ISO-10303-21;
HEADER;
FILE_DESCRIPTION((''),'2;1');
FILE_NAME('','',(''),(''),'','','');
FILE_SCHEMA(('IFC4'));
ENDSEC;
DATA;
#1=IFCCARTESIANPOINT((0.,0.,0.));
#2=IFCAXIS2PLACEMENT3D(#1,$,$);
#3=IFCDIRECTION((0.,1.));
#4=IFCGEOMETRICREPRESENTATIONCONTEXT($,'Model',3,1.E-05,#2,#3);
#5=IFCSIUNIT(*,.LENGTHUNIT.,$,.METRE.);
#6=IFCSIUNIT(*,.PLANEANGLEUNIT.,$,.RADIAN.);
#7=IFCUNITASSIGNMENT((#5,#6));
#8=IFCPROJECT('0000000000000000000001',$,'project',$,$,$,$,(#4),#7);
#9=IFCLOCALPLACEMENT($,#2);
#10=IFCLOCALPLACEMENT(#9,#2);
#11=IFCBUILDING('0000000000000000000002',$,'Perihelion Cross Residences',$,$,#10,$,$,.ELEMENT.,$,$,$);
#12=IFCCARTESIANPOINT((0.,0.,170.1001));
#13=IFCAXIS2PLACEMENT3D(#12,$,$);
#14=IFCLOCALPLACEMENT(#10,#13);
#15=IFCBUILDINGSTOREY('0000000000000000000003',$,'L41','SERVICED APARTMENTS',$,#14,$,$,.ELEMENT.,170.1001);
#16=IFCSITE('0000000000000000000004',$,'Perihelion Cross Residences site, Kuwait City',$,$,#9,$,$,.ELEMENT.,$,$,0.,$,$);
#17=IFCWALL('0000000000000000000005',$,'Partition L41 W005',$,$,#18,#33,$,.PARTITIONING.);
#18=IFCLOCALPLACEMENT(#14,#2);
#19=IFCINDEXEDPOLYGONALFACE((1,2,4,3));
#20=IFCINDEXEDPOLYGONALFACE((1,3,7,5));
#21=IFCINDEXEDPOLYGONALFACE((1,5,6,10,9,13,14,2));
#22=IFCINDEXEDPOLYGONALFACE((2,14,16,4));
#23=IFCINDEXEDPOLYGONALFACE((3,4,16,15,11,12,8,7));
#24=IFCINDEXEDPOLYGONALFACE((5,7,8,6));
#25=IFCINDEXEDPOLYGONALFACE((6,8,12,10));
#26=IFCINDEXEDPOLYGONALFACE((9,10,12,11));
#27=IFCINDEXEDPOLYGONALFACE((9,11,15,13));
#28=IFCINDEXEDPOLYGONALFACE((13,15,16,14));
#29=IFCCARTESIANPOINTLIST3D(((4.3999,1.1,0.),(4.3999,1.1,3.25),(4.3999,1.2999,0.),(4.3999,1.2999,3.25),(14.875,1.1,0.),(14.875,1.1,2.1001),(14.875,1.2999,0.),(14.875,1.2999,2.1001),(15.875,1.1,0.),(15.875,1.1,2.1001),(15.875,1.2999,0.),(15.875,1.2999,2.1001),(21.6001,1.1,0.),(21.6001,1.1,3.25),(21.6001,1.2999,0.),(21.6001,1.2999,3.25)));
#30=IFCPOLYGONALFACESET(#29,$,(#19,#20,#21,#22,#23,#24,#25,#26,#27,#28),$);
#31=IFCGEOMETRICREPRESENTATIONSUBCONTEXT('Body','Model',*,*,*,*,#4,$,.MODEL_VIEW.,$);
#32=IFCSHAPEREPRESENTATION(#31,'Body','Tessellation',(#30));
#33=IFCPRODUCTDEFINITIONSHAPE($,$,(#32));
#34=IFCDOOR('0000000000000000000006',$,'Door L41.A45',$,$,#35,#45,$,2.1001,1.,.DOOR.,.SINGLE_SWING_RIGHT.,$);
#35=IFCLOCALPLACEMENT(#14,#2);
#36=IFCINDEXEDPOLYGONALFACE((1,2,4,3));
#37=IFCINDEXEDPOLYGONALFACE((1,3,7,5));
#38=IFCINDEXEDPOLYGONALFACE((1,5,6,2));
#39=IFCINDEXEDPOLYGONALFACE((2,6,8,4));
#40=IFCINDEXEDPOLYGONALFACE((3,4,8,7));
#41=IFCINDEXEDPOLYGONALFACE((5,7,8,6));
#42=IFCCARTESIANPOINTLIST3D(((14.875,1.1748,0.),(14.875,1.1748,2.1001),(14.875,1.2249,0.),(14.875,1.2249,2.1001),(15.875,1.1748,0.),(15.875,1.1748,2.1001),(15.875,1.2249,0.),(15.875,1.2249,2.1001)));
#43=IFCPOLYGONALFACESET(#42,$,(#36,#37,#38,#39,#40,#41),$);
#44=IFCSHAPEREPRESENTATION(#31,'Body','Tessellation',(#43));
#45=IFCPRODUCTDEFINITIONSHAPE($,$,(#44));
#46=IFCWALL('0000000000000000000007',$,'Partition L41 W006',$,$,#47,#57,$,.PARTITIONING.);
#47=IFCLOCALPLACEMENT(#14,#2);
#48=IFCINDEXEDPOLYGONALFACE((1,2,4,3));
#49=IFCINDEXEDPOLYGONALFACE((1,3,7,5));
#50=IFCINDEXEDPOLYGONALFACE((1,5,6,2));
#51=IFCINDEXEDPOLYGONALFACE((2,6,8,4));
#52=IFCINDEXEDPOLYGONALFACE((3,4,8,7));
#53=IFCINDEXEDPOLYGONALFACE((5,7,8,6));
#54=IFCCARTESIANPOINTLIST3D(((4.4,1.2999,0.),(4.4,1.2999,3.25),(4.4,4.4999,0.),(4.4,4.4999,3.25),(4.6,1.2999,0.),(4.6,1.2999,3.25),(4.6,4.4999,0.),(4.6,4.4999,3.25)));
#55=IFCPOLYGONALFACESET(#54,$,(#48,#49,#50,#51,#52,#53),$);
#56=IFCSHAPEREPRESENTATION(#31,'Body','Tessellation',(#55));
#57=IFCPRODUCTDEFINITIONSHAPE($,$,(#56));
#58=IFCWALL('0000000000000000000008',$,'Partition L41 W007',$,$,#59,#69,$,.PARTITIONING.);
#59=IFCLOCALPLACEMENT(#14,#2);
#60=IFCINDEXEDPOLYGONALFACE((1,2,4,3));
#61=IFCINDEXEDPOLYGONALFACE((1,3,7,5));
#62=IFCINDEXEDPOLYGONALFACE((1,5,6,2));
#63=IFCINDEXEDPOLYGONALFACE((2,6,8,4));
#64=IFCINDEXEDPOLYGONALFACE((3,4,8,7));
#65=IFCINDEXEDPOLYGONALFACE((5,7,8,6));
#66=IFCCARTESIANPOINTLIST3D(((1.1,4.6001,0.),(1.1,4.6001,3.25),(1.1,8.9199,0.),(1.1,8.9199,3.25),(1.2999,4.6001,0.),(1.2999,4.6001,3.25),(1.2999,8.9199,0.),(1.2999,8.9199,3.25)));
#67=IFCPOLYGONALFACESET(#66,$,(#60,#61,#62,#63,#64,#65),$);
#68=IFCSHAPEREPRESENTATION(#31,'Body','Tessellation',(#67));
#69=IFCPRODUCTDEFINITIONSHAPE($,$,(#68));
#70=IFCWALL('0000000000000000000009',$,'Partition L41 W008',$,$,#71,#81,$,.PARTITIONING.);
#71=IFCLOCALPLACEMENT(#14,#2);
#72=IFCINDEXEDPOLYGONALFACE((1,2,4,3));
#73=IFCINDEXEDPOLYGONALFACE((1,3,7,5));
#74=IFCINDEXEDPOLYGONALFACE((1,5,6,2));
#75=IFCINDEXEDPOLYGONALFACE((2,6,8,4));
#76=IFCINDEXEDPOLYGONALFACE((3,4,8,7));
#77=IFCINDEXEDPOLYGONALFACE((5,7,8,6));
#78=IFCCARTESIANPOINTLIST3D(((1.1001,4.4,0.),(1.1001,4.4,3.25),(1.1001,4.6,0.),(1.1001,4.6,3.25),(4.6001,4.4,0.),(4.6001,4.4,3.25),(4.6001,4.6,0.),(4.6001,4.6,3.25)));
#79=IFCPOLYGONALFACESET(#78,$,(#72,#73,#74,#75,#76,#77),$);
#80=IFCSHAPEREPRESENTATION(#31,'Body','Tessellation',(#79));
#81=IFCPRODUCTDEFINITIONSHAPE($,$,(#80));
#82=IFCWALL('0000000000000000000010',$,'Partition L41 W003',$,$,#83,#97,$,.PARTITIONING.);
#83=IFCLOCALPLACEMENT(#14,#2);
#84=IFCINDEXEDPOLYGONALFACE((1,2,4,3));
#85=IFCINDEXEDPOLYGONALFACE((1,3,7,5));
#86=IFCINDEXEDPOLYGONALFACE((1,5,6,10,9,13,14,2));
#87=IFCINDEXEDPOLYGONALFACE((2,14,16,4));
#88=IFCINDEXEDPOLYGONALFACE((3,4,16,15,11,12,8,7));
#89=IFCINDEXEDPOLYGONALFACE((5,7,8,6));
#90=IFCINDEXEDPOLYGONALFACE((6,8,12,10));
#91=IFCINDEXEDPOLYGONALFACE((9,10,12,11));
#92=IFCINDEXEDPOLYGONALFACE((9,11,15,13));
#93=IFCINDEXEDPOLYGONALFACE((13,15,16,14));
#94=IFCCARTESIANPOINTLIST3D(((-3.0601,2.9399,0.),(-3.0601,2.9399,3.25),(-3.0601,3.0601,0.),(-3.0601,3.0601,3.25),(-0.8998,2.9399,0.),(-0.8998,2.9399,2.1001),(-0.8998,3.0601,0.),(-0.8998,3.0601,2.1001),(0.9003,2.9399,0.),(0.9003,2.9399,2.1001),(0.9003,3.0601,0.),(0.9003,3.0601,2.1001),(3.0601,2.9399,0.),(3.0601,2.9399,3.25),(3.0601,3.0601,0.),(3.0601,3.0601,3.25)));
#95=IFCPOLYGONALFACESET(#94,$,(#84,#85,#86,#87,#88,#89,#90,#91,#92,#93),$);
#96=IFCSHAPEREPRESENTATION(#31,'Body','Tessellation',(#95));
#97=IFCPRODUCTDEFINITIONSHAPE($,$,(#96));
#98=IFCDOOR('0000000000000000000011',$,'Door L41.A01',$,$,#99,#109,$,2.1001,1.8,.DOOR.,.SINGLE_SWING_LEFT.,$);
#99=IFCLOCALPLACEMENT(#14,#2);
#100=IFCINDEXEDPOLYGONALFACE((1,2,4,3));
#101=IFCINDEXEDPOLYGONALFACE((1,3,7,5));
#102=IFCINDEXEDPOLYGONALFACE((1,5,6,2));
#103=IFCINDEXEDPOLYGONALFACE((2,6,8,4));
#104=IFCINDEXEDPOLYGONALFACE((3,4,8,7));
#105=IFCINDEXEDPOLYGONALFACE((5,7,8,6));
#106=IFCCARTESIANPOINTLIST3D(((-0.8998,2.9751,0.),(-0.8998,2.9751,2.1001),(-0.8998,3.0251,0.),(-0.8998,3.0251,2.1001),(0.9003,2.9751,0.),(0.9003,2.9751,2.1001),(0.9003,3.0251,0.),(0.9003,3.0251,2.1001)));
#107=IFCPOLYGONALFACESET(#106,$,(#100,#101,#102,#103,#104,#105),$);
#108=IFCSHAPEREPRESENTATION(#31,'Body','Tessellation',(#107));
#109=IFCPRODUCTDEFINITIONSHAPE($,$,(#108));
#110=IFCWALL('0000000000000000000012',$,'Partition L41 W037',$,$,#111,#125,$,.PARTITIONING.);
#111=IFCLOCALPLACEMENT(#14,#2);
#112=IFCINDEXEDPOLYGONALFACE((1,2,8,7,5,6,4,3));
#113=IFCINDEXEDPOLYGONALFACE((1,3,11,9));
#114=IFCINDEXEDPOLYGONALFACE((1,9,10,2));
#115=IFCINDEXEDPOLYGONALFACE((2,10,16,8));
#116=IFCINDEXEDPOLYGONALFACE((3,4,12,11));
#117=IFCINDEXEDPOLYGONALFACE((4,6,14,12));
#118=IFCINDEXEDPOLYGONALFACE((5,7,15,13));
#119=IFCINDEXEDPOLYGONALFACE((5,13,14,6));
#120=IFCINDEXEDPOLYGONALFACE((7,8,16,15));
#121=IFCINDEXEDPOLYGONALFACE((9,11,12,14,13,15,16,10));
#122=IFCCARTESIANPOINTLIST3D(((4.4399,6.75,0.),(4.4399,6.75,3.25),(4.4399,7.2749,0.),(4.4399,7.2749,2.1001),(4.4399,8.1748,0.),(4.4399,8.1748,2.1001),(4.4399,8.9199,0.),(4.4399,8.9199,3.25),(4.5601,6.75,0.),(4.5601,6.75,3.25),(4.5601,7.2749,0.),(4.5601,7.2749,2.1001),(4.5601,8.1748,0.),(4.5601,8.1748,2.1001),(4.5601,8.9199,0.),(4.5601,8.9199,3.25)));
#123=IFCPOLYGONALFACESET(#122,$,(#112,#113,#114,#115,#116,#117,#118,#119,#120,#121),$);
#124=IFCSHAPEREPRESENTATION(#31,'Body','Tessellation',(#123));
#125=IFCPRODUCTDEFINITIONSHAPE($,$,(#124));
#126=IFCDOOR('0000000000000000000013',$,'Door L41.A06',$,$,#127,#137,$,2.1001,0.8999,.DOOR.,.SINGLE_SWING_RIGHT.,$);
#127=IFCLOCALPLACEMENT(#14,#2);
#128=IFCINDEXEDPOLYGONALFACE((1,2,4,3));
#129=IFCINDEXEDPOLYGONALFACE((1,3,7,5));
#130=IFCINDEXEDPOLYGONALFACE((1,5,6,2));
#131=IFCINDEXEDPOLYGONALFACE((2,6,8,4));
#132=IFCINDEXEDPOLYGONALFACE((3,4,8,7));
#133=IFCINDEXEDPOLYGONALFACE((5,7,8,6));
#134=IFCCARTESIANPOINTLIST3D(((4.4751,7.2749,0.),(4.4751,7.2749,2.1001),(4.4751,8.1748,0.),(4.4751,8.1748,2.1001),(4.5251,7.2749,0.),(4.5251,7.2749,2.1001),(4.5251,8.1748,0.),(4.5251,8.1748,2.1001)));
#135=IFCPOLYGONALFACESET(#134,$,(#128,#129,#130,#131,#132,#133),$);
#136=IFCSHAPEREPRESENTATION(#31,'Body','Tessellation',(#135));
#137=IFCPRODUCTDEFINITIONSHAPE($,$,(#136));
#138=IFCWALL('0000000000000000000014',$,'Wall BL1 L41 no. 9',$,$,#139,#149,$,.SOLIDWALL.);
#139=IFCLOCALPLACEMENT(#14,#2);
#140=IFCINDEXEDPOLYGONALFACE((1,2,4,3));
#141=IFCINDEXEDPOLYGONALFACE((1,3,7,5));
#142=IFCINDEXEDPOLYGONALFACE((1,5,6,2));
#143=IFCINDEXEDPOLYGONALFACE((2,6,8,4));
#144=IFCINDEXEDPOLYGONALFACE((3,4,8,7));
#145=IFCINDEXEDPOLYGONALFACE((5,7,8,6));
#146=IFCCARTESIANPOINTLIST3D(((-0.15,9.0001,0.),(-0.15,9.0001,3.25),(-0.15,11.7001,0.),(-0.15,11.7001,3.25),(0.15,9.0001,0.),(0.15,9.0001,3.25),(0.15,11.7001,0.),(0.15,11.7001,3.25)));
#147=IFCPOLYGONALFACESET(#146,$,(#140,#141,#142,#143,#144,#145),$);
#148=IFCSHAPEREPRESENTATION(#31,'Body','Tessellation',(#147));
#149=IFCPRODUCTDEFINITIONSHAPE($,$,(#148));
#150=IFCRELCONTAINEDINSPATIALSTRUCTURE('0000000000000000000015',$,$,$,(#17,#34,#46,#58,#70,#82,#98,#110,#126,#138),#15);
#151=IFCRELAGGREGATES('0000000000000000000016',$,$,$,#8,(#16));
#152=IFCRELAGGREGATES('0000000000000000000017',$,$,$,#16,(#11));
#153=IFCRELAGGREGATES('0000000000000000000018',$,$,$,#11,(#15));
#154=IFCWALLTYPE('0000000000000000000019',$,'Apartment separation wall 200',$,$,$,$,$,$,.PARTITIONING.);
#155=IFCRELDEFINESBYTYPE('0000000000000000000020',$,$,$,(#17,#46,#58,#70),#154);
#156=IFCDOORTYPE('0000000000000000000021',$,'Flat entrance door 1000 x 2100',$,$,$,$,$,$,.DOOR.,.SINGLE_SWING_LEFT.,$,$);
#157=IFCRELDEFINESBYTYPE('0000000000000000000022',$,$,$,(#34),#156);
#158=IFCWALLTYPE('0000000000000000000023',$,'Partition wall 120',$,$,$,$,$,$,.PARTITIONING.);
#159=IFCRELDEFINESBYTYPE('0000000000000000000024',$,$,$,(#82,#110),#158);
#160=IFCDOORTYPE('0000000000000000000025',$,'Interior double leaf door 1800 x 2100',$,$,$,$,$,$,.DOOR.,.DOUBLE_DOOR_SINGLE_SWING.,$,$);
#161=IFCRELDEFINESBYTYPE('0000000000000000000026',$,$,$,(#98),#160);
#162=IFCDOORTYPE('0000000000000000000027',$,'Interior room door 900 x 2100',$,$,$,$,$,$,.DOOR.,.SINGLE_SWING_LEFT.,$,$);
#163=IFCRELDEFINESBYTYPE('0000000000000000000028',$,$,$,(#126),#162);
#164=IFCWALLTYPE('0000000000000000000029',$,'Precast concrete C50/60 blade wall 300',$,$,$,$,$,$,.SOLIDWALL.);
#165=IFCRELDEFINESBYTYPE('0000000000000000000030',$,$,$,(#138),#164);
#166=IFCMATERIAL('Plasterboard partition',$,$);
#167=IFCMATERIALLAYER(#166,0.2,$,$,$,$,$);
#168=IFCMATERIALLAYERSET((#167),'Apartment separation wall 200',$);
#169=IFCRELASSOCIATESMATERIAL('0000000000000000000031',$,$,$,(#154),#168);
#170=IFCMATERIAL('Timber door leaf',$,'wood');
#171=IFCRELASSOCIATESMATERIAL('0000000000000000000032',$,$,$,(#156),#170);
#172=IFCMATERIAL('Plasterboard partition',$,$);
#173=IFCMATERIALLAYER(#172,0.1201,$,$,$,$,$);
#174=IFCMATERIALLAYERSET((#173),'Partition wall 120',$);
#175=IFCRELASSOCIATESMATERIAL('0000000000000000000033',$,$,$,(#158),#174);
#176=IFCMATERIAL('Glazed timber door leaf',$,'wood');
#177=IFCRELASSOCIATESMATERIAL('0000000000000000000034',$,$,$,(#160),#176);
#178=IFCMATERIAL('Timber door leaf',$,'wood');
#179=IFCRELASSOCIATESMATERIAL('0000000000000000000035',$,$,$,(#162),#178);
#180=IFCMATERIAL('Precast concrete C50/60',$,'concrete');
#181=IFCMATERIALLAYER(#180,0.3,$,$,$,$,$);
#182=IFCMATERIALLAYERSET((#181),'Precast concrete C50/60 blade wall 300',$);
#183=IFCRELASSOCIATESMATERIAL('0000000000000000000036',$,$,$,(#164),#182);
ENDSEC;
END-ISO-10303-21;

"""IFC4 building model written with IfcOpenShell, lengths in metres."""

from ifc_helpers import new_model, si_unit, direction, frame, frame_2d, origin, place, context, subcontext, project, spatial, rectangle, extrude, material, layer, layer_set, type_object, element, fill, save


model = new_model("IFC4")

# Units and contexts
model_context = context("Model", 3, precision=1e-05, world=origin(), true_north=direction((0.0, 1.0)))
body_context = subcontext(model_context, "Body", "Model", "MODEL_VIEW")
ifc_project = project(units=[si_unit("LENGTHUNIT", "METRE"), si_unit("PLANEANGLEUNIT", "RADIAN")], contexts=[model_context])

# Site, building, storey
site_placement = place(None, origin())
site = spatial("IfcSite", under=ifc_project, at=site_placement, Name="Perihelion Cross Residences site, Kuwait City", CompositionType="ELEMENT", RefElevation=0.0)
building_placement = place(site_placement, origin())
building = spatial("IfcBuilding", under=site, at=building_placement, Name="Perihelion Cross Residences", CompositionType="ELEMENT")
storey_placement = place(building_placement, frame((0.0, 0.0, 170.1001)))
storey = spatial("IfcBuildingStorey", under=building, at=storey_placement, Name="L41", Description="SERVICED APARTMENTS", CompositionType="ELEMENT", Elevation=170.1001)

# Wall, opening, door
ifc_material_1 = material(Name="Plasterboard partition")
ifc_layer_1 = layer(ifc_material_1, 0.2)
ifc_layer_set_1 = layer_set([ifc_layer_1], Name="Apartment separation wall 200")
wall_type_1 = type_object("IfcWallType", Name="Apartment separation wall 200", PredefinedType="PARTITIONING", material=ifc_layer_set_1)
wall_1_placement = place(storey_placement, frame((4.3999, 1.2, 0.0), z_axis=(0.0, 0.0, 1.0), x_axis=(1.0, 0.0, 0.0)))
wall_1 = element("IfcWall", 1, at=wall_1_placement, inside=storey, type_object=wall_type_1, Name="Partition L41 W005", PredefinedType="PARTITIONING", context=body_context, shape_type="SweptSolid", body=[
    extrude(rectangle(XDim=17.2002, YDim=0.2, at=frame_2d((8.6001, 0.0))), origin(), (0.0, 0.0, 1.0), 3.25),
])
opening_1_placement = place(wall_1_placement, frame((10.4751, 0.0, 0.0)))
opening_1 = element("IfcOpeningElement", 2, at=opening_1_placement, cuts=wall_1, PredefinedType="OPENING", context=body_context, shape_type="SweptSolid", body=[
    extrude(rectangle(XDim=1.0, YDim=2.1001, at=frame_2d((0.5, 1.05))), frame((0.0, 0.1099, 0.0), z_axis=(0.0, -1.0, 0.0), x_axis=(1.0, 0.0, 0.0)), (0.0, 0.0, 1.0), 0.22),
])
ifc_material_2 = material(Name="Timber door leaf", Category="wood")
door_type_1 = type_object("IfcDoorType", Name="Flat entrance door 1000 x 2100", OperationType="SINGLE_SWING_LEFT", PredefinedType="DOOR", material=ifc_material_2)
door_1_placement = place(opening_1_placement, origin())
door_1 = element("IfcDoor", 3, at=door_1_placement, inside=storey, type_object=door_type_1, Name="Door L41.A45", OperationType="SINGLE_SWING_RIGHT", OverallHeight=2.1001, OverallWidth=1.0, PredefinedType="DOOR", context=body_context, shape_type="SweptSolid", body=[
    extrude(rectangle(XDim=1.0, YDim=2.1001, at=frame_2d((0.5, 1.05))), frame((0.0, 0.0249, 0.0), z_axis=(0.0, -1.0, 0.0), x_axis=(1.0, 0.0, 0.0)), (0.0, 0.0, 1.0), 0.05),
])
fill(opening_1, door_1)

# Walls
wall_2_placement = place(storey_placement, frame((4.5, 4.5, 0.0), z_axis=(0.0, 0.0, 1.0), x_axis=(0.0, -1.0, 0.0)))
element("IfcWall", 4, at=wall_2_placement, inside=storey, type_object=wall_type_1, Name="Partition L41 W006", PredefinedType="PARTITIONING", context=body_context, shape_type="SweptSolid", body=[
    extrude(rectangle(XDim=3.2, YDim=0.2, at=frame_2d((1.6001, 0.0))), origin(), (0.0, 0.0, 1.0), 3.25),
])
wall_3_placement = place(storey_placement, frame((1.2, 8.9199, 0.0), z_axis=(0.0, 0.0, 1.0), x_axis=(0.0, -1.0, 0.0)))
element("IfcWall", 5, at=wall_3_placement, inside=storey, type_object=wall_type_1, Name="Partition L41 W007", PredefinedType="PARTITIONING", context=body_context, shape_type="SweptSolid", body=[
    extrude(rectangle(XDim=4.3198, YDim=0.2, at=frame_2d((2.1599, 0.0))), origin(), (0.0, 0.0, 1.0), 3.25),
])
wall_4_placement = place(storey_placement, frame((1.1001, 4.5, 0.0), z_axis=(0.0, 0.0, 1.0), x_axis=(1.0, 0.0, 0.0)))
element("IfcWall", 6, at=wall_4_placement, inside=storey, type_object=wall_type_1, Name="Partition L41 W008", PredefinedType="PARTITIONING", context=body_context, shape_type="SweptSolid", body=[
    extrude(rectangle(XDim=3.5, YDim=0.2, at=frame_2d((1.75, 0.0))), origin(), (0.0, 0.0, 1.0), 3.25),
])

# Walls, openings, doors
ifc_material_3 = material(Name="Plasterboard partition")
ifc_layer_2 = layer(ifc_material_3, 0.1201)
ifc_layer_set_2 = layer_set([ifc_layer_2], Name="Partition wall 120")
wall_type_2 = type_object("IfcWallType", Name="Partition wall 120", PredefinedType="PARTITIONING", material=ifc_layer_set_2)
wall_5_placement = place(storey_placement, frame((3.0601, 3.0, 0.0), z_axis=(0.0, 0.0, 1.0), x_axis=(-1.0, 0.0, 0.0)))
wall_5 = element("IfcWall", 7, at=wall_5_placement, inside=storey, type_object=wall_type_2, Name="Partition L41 W003", PredefinedType="PARTITIONING", context=body_context, shape_type="SweptSolid", body=[
    extrude(rectangle(XDim=6.1201, YDim=0.1201, at=frame_2d((3.0601, 0.0))), origin(), (0.0, 0.0, 1.0), 3.25),
])
opening_2_placement = place(wall_5_placement, frame((2.1599, 0.0, 0.0)))
opening_2 = element("IfcOpeningElement", 8, at=opening_2_placement, cuts=wall_5, PredefinedType="OPENING", context=body_context, shape_type="SweptSolid", body=[
    extrude(rectangle(XDim=1.8, YDim=2.1001, at=frame_2d((0.8999, 1.05))), frame((0.0, 0.0701, 0.0), z_axis=(0.0, -1.0, 0.0), x_axis=(1.0, 0.0, 0.0)), (0.0, 0.0, 1.0), 0.1401),
])
ifc_material_4 = material(Name="Glazed timber door leaf", Category="wood")
door_type_2 = type_object("IfcDoorType", Name="Interior double leaf door 1800 x 2100", OperationType="DOUBLE_DOOR_SINGLE_SWING", PredefinedType="DOOR", material=ifc_material_4)
door_2_placement = place(opening_2_placement, origin())
door_2 = element("IfcDoor", 9, at=door_2_placement, inside=storey, type_object=door_type_2, Name="Door L41.A01", OperationType="SINGLE_SWING_LEFT", OverallHeight=2.1001, OverallWidth=1.8, PredefinedType="DOOR", context=body_context, shape_type="SweptSolid", body=[
    extrude(rectangle(XDim=1.8, YDim=2.1001, at=frame_2d((0.8999, 1.05))), frame((0.0, 0.0249, 0.0), z_axis=(0.0, -1.0, 0.0), x_axis=(1.0, 0.0, 0.0)), (0.0, 0.0, 1.0), 0.05),
])
fill(opening_2, door_2)
wall_6_placement = place(storey_placement, frame((4.5, 6.75, 0.0), z_axis=(0.0, 0.0, 1.0), x_axis=(0.0, 1.0, 0.0)))
wall_6 = element("IfcWall", 10, at=wall_6_placement, inside=storey, type_object=wall_type_2, Name="Partition L41 W037", PredefinedType="PARTITIONING", context=body_context, shape_type="SweptSolid", body=[
    extrude(rectangle(XDim=2.1699, YDim=0.1201, at=frame_2d((1.085, 0.0))), origin(), (0.0, 0.0, 1.0), 3.25),
])
opening_3_placement = place(wall_6_placement, frame((0.5249, 0.0, 0.0)))
opening_3 = element("IfcOpeningElement", 11, at=opening_3_placement, cuts=wall_6, PredefinedType="OPENING", context=body_context, shape_type="SweptSolid", body=[
    extrude(rectangle(XDim=0.8999, YDim=2.1001, at=frame_2d((0.45, 1.05))), frame((0.0, 0.0701, 0.0), z_axis=(0.0, -1.0, 0.0), x_axis=(1.0, 0.0, 0.0)), (0.0, 0.0, 1.0), 0.1401),
])
ifc_material_5 = material(Name="Timber door leaf", Category="wood")
door_type_3 = type_object("IfcDoorType", Name="Interior room door 900 x 2100", OperationType="SINGLE_SWING_LEFT", PredefinedType="DOOR", material=ifc_material_5)
door_3_placement = place(opening_3_placement, origin())
door_3 = element("IfcDoor", 12, at=door_3_placement, inside=storey, type_object=door_type_3, Name="Door L41.A06", OperationType="SINGLE_SWING_RIGHT", OverallHeight=2.1001, OverallWidth=0.8999, PredefinedType="DOOR", context=body_context, shape_type="SweptSolid", body=[
    extrude(rectangle(XDim=0.8999, YDim=2.1001, at=frame_2d((0.45, 1.05))), frame((0.0, 0.0249, 0.0), z_axis=(0.0, -1.0, 0.0), x_axis=(1.0, 0.0, 0.0)), (0.0, 0.0, 1.0), 0.05),
])
fill(opening_3, door_3)

# Wall
ifc_material_6 = material(Name="Precast concrete C50/60", Category="concrete")
ifc_layer_3 = layer(ifc_material_6, 0.3)
ifc_layer_set_3 = layer_set([ifc_layer_3], Name="Precast concrete C50/60 blade wall 300")
wall_type_3 = type_object("IfcWallType", Name="Precast concrete C50/60 blade wall 300", PredefinedType="SOLIDWALL", material=ifc_layer_set_3)
wall_7_placement = place(storey_placement, frame((0.0, 9.0, 0.0), z_axis=(0.0, 0.0, 1.0), x_axis=(0.0, 1.0, 0.0)))
element("IfcWall", 13, at=wall_7_placement, inside=storey, type_object=wall_type_3, Name="Wall BL1 L41 no. 9", PredefinedType="SOLIDWALL", context=body_context, shape_type="SweptSolid", body=[
    extrude(rectangle(XDim=2.7, YDim=0.3, at=frame_2d((1.3501, 0.0))), origin(), (0.0, 0.0, 1.0), 3.25),
])

save(model, "model.ifc")
